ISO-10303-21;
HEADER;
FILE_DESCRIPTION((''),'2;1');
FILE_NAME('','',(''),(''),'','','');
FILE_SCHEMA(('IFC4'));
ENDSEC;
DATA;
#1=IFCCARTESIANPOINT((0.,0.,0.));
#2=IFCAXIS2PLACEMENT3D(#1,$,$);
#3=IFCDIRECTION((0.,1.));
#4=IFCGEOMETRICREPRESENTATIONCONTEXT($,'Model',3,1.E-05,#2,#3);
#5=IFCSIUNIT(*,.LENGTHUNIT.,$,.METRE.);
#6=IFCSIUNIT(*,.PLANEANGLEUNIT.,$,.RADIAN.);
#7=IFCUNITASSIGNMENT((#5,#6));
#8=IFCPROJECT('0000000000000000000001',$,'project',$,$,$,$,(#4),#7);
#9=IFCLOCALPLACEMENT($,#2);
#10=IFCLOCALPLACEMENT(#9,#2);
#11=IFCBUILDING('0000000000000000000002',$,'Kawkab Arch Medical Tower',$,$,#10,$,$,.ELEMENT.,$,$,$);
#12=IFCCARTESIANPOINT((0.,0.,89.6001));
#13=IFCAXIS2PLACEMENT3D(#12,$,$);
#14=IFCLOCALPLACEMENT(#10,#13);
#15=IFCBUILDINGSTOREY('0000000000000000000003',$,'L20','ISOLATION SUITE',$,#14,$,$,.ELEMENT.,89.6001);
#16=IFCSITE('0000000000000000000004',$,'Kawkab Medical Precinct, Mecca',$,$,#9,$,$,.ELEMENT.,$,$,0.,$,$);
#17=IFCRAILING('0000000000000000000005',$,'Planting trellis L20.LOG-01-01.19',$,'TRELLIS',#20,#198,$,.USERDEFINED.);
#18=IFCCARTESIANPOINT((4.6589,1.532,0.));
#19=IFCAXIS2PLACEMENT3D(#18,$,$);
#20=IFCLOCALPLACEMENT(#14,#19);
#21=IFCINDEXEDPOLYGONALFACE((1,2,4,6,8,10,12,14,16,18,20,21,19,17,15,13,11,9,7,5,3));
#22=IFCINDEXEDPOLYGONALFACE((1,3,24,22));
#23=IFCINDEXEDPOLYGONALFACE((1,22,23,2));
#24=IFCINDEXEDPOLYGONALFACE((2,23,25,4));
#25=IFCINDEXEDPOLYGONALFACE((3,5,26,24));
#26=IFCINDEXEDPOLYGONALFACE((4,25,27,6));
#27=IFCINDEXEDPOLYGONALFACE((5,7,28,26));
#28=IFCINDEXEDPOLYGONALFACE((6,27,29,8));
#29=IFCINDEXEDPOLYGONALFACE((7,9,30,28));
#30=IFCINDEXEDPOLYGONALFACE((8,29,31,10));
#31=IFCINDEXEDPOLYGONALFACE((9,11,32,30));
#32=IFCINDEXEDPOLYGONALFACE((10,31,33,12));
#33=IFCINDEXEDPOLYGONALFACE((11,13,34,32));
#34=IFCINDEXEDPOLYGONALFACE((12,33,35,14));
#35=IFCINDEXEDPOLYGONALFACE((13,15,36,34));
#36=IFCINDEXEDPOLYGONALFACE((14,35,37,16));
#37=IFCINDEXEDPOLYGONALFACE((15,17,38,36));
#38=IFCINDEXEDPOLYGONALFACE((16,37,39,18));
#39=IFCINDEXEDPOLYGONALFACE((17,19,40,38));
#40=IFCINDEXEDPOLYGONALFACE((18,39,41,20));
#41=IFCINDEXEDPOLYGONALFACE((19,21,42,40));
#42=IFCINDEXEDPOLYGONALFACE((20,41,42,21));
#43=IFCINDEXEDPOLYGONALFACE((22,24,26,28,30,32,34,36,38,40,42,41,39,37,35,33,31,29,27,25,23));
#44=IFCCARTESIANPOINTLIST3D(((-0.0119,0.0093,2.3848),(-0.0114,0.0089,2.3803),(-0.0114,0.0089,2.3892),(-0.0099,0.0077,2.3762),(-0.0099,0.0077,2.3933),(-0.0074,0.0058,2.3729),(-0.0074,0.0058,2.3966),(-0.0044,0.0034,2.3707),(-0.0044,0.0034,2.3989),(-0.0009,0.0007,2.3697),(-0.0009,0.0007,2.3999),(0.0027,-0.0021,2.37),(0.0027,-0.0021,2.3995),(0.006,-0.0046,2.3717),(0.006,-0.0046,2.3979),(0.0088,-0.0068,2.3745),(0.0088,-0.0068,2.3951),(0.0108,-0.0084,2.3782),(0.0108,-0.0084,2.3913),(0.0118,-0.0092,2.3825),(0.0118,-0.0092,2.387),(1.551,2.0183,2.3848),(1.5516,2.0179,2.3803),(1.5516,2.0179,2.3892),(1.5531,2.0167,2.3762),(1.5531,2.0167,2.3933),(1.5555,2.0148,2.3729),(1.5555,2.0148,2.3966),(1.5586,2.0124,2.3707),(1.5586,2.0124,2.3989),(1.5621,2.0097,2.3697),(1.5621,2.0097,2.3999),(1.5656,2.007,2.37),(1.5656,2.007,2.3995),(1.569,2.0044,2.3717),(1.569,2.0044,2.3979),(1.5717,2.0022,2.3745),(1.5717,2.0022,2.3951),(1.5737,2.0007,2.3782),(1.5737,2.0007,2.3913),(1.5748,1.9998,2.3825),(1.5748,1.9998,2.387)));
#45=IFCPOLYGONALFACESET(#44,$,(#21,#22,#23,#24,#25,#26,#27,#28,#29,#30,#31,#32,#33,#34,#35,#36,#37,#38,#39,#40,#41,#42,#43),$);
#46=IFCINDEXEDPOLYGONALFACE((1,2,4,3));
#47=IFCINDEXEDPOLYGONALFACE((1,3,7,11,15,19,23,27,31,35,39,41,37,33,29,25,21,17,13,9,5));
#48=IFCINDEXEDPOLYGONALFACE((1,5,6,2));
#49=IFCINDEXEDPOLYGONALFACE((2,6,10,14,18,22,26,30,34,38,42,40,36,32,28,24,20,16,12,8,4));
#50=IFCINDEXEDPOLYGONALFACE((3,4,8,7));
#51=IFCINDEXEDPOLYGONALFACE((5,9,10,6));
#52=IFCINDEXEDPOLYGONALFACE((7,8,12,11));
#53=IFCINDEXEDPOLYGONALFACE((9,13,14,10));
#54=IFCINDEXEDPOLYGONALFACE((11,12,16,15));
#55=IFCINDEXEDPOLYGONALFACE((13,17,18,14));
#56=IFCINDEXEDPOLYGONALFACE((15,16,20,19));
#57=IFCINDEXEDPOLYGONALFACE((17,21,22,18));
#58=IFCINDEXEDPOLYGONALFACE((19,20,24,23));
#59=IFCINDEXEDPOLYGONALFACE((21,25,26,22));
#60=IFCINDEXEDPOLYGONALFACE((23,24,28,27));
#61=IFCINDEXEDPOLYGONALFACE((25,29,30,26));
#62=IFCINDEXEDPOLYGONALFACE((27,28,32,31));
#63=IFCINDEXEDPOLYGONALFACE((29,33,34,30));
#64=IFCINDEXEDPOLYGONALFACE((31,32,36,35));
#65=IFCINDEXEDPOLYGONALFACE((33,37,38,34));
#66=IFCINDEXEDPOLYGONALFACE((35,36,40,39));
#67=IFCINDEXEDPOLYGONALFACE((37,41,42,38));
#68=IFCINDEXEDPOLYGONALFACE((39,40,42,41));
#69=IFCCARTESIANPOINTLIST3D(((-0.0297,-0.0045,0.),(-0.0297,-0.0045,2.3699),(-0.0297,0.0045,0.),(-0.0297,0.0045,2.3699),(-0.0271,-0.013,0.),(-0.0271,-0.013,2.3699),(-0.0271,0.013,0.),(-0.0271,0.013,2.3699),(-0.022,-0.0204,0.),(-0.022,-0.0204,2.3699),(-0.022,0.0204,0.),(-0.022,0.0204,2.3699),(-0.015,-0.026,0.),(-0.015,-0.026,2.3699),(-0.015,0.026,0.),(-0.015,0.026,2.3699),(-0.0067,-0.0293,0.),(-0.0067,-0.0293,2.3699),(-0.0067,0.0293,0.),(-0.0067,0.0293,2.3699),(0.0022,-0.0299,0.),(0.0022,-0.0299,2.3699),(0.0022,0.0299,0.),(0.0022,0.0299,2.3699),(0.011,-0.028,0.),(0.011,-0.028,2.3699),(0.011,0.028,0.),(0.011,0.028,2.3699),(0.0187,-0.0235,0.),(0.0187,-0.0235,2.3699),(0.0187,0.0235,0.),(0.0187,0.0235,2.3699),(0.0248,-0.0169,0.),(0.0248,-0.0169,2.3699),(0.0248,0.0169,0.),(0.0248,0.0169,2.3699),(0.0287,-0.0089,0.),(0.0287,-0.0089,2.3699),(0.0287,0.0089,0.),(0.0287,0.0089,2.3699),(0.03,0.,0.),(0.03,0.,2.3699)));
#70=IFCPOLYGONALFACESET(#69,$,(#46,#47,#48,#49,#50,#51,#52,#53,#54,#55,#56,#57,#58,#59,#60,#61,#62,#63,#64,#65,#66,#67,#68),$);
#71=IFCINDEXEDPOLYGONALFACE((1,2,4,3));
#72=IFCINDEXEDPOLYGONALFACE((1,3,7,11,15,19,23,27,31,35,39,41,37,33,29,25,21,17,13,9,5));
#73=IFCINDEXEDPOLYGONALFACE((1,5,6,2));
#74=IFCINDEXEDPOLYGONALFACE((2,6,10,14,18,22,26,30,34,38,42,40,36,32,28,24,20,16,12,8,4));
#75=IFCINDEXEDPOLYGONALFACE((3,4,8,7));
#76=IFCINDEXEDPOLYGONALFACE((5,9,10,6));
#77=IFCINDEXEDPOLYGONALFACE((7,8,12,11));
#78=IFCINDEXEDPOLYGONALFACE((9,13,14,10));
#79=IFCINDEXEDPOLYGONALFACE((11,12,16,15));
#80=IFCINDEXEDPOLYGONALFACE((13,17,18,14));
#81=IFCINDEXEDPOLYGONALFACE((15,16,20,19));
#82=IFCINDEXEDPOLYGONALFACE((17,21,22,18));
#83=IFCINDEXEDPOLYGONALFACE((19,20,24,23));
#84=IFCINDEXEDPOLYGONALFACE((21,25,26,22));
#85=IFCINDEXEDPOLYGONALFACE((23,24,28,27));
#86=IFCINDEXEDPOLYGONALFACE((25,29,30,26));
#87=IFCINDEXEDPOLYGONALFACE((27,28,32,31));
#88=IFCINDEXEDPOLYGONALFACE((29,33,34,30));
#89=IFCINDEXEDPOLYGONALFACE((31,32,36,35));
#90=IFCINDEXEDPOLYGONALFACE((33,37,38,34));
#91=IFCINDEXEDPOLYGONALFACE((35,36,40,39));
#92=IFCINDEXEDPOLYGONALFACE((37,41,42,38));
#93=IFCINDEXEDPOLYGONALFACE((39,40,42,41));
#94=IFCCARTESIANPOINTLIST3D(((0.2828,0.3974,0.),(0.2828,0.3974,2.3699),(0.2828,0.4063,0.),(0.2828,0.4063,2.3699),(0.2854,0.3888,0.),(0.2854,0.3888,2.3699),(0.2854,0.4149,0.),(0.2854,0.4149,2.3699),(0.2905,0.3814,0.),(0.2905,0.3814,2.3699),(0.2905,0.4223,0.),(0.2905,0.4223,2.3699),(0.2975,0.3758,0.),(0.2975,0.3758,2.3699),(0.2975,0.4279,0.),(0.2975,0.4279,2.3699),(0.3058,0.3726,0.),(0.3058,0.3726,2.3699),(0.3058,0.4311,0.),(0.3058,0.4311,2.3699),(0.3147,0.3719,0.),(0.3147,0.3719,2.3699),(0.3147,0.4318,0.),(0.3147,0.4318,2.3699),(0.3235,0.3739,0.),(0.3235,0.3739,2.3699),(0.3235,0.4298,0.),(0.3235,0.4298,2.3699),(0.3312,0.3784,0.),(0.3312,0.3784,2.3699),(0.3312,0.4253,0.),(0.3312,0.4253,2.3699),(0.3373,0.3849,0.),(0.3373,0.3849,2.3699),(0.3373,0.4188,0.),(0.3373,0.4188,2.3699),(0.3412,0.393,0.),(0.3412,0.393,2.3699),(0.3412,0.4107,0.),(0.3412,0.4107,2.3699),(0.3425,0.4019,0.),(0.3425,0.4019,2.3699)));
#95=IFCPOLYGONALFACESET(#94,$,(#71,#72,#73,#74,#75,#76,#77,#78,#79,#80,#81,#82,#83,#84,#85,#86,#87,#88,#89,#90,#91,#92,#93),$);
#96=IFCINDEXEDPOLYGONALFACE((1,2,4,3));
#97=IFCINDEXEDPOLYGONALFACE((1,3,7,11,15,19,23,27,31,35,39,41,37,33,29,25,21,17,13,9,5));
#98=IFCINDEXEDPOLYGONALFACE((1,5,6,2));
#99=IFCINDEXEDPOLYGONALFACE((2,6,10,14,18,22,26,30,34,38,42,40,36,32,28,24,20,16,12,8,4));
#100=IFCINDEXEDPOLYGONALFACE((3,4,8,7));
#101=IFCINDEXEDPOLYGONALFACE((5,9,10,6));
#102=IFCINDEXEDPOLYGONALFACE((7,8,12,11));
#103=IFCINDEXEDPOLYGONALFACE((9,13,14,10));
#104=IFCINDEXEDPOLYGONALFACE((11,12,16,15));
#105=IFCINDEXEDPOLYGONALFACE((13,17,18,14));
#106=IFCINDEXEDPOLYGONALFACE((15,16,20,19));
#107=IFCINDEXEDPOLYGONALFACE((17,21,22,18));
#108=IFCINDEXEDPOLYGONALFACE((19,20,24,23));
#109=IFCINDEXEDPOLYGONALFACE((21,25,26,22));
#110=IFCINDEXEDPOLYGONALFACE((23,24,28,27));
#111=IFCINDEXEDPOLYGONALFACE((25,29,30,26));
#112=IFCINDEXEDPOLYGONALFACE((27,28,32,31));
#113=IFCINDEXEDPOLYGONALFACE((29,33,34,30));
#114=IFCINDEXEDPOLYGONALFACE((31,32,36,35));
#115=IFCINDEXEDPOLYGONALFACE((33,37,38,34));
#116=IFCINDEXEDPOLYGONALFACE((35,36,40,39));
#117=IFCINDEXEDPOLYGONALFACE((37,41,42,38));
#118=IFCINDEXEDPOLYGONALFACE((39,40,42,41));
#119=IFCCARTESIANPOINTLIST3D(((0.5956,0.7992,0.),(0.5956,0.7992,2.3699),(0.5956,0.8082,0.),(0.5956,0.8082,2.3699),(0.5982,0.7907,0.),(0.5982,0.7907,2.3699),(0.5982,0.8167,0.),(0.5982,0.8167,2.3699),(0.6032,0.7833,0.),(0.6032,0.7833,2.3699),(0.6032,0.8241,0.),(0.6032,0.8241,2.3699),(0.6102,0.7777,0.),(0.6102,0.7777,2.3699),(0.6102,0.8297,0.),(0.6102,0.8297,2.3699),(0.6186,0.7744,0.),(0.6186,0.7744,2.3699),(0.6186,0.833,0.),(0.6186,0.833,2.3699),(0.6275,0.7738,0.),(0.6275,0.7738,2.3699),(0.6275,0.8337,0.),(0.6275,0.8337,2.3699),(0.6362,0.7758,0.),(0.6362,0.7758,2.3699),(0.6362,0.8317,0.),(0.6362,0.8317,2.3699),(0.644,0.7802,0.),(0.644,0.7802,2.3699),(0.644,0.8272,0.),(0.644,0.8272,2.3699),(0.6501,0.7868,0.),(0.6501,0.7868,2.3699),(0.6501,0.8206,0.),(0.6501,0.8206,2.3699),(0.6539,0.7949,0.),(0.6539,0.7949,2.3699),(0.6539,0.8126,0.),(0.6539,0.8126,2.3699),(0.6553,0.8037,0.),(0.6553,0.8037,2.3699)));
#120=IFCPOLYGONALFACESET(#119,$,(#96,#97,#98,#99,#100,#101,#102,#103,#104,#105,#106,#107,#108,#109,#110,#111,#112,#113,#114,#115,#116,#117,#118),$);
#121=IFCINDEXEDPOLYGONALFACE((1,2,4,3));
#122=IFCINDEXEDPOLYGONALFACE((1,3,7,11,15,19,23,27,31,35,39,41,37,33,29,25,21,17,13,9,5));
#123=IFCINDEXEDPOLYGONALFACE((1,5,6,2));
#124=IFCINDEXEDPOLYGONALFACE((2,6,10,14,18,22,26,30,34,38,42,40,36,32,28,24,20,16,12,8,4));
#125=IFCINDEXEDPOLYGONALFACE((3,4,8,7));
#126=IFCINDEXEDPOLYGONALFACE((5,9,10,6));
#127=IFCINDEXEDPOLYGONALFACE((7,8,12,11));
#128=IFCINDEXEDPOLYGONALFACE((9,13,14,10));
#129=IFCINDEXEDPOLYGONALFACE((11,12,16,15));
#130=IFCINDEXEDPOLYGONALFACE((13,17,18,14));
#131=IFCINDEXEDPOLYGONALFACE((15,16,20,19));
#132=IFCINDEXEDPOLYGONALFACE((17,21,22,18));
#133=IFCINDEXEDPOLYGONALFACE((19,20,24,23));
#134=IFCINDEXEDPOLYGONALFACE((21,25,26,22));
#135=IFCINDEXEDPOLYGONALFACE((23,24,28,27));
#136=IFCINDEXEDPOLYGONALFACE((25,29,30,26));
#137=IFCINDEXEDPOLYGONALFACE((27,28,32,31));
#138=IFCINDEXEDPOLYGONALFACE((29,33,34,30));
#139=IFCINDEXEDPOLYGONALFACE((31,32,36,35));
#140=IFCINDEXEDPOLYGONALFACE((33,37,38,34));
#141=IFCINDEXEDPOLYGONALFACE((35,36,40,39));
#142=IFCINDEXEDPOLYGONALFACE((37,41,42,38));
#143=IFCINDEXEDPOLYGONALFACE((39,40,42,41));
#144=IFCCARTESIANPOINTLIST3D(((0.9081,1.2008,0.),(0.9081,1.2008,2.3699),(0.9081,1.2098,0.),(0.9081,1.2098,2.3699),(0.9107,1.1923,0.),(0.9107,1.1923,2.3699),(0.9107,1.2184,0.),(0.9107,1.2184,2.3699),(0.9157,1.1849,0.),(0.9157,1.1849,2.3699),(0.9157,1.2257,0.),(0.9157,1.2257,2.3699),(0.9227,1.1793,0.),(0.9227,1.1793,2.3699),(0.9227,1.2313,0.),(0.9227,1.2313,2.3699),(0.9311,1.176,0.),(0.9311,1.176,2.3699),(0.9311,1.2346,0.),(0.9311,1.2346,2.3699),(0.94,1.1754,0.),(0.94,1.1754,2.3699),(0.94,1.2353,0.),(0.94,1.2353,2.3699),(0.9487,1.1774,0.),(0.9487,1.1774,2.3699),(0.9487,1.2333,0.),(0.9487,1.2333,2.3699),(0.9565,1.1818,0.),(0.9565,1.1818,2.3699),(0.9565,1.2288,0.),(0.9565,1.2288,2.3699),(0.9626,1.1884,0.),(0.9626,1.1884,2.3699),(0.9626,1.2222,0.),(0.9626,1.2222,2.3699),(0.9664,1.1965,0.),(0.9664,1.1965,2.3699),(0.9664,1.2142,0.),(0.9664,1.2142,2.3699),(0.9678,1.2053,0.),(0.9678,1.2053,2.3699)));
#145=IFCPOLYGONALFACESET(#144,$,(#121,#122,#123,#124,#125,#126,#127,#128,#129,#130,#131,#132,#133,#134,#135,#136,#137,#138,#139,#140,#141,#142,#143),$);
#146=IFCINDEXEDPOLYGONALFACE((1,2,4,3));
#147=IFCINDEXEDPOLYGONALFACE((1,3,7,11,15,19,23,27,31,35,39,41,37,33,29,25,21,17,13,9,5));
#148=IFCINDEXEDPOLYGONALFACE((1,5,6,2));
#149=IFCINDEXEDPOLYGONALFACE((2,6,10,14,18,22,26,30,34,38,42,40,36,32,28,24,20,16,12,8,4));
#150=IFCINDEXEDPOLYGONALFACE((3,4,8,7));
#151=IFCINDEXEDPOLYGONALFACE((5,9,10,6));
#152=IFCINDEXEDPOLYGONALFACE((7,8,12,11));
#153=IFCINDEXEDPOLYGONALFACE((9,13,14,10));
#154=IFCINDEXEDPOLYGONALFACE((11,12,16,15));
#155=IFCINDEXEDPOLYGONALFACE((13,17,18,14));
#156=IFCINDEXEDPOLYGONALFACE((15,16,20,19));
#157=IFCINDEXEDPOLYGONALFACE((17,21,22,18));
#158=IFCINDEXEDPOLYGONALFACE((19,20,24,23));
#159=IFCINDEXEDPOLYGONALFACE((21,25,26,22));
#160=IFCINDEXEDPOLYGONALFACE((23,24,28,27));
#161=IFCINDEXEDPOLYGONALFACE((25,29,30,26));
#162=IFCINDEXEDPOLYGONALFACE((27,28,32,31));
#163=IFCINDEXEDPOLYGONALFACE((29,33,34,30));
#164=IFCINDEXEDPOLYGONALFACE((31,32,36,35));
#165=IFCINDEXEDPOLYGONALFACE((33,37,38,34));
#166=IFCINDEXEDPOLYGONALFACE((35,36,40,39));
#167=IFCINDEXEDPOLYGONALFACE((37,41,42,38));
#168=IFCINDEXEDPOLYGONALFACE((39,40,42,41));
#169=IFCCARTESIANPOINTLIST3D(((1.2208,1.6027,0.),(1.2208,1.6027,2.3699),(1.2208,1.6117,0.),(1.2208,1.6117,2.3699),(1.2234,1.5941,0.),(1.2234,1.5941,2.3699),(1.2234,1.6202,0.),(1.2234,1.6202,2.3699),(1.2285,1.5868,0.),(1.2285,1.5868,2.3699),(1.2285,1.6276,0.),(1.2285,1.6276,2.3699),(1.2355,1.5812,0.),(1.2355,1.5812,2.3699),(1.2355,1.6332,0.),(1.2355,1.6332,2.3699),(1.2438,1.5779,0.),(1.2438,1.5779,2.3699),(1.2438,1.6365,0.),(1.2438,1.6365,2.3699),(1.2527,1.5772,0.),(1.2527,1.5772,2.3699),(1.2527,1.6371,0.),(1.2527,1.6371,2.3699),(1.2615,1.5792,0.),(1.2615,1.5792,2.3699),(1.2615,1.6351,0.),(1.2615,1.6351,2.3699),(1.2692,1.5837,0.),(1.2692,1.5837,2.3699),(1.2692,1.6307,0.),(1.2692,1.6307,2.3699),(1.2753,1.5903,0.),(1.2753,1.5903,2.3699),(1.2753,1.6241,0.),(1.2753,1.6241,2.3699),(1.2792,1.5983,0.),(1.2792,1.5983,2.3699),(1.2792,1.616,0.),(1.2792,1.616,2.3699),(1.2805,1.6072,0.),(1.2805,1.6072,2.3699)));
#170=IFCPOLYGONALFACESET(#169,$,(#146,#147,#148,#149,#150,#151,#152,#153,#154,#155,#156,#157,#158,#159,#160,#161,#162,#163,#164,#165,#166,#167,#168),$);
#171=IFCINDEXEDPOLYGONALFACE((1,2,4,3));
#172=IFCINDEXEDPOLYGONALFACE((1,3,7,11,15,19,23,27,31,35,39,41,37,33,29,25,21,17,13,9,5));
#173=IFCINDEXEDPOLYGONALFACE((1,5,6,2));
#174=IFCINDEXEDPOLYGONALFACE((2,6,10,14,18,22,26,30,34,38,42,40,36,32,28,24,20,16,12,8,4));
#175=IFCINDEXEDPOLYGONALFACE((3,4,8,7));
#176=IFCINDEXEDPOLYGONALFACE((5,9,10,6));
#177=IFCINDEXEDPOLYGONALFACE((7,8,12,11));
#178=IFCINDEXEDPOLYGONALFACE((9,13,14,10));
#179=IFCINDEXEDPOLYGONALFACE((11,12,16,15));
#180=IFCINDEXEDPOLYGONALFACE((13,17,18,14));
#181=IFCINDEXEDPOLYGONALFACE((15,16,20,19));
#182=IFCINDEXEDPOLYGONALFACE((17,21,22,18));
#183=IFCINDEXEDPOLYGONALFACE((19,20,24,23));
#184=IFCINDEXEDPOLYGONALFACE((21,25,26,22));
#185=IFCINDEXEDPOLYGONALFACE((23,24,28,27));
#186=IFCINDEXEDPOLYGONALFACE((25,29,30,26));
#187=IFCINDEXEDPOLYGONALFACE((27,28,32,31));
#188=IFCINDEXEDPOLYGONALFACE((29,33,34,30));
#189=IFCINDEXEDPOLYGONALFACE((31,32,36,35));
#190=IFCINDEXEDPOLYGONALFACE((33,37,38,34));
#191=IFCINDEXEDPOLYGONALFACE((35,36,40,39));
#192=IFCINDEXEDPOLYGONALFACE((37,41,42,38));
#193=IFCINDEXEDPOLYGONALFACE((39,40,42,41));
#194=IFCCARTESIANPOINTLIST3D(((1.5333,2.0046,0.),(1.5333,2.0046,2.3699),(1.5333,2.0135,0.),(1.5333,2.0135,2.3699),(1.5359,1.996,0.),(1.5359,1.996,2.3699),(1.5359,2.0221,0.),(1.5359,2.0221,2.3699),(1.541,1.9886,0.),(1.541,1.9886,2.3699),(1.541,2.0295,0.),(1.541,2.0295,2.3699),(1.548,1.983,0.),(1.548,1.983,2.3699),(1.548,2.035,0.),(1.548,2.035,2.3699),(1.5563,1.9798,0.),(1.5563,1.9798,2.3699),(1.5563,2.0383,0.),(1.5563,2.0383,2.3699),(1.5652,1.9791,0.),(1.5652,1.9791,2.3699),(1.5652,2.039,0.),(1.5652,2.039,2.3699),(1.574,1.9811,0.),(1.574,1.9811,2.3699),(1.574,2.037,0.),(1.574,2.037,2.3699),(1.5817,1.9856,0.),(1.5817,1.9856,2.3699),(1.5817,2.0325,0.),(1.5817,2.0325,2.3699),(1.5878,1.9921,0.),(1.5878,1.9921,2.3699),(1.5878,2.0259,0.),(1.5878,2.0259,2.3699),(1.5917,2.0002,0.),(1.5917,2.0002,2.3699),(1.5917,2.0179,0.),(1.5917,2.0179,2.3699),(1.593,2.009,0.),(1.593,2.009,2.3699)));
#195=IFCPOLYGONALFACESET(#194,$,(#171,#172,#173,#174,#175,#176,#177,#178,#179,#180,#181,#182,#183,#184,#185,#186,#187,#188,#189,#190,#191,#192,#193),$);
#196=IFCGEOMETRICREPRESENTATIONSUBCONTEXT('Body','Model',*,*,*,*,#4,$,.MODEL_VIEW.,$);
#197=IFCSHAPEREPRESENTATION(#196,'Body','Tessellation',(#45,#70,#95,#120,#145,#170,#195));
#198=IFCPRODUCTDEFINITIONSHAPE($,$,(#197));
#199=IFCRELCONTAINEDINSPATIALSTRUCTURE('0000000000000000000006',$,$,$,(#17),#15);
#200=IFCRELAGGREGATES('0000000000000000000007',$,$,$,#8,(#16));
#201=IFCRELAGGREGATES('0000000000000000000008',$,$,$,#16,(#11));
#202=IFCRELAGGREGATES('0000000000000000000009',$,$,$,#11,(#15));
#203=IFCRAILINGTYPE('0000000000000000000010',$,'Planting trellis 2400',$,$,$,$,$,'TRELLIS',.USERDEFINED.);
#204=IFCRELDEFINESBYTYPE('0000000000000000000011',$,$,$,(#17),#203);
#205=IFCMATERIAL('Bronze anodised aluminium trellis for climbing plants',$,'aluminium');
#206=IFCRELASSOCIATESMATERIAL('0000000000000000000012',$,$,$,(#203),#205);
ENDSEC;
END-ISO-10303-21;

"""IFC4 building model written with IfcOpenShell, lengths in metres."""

from ifc_helpers import new_model, si_unit, direction, frame, origin, origin_2d, place, context, subcontext, project, spatial, circle, extrude, material, type_object, element, save


model = new_model("IFC4")

# Units and contexts
model_context = context("Model", 3, precision=1e-05, world=origin(), true_north=direction((0.0, 1.0)))
body_context = subcontext(model_context, "Body", "Model", "MODEL_VIEW")
ifc_project = project(units=[si_unit("LENGTHUNIT", "METRE"), si_unit("PLANEANGLEUNIT", "RADIAN")], contexts=[model_context])

# Site, building, storey
site_placement = place(None, origin())
site = spatial("IfcSite", under=ifc_project, at=site_placement, Name="Kawkab Medical Precinct, Mecca", CompositionType="ELEMENT", RefElevation=0.0)
building_placement = place(site_placement, origin())
building = spatial("IfcBuilding", under=site, at=building_placement, Name="Kawkab Arch Medical Tower", CompositionType="ELEMENT")
storey_placement = place(building_placement, frame((0.0, 0.0, 89.6001)))
storey = spatial("IfcBuildingStorey", under=building, at=storey_placement, Name="L20", Description="ISOLATION SUITE", CompositionType="ELEMENT", Elevation=89.6001)

# Railing
ifc_material_1 = material(Name="Bronze anodised aluminium trellis for climbing plants", Category="aluminium")
railing_type = type_object("IfcRailingType", Name="Planting trellis 2400", ElementType="TRELLIS", PredefinedType="USERDEFINED", material=ifc_material_1)
railing_1_placement = place(storey_placement, frame((4.6589, 1.532, 0.0)))
element("IfcRailing", 1, at=railing_1_placement, inside=storey, type_object=railing_type, Name="Planting trellis L20.LOG-01-01.19", ObjectType="TRELLIS", PredefinedType="USERDEFINED", context=body_context, shape_type="SweptSolid", body=[
    extrude(circle(Radius=0.0151, at=origin_2d()), frame((0.0, 0.0, 2.3848), z_axis=(0.61404, 0.789275, 0.0), x_axis=(-0.789275, 0.61404, 0.0)), (0.0, 0.0, 1.0), 2.5454),
    extrude(circle(Radius=0.03, at=origin_2d()), origin(), (0.0, 0.0, 1.0), 2.3699),
    extrude(circle(Radius=0.03, at=origin_2d()), frame((0.3125, 0.4019, 0.0)), (0.0, 0.0, 1.0), 2.3699),
    extrude(circle(Radius=0.03, at=origin_2d()), frame((0.6252, 0.8037, 0.0)), (0.0, 0.0, 1.0), 2.3699),
    extrude(circle(Radius=0.03, at=origin_2d()), frame((0.9377, 1.2053, 0.0)), (0.0, 0.0, 1.0), 2.3699),
    extrude(circle(Radius=0.03, at=origin_2d()), frame((1.2505, 1.6072, 0.0)), (0.0, 0.0, 1.0), 2.3699),
    extrude(circle(Radius=0.03, at=origin_2d()), frame((1.563, 2.009, 0.0)), (0.0, 0.0, 1.0), 2.3699),
])

save(model, "model.ifc")
